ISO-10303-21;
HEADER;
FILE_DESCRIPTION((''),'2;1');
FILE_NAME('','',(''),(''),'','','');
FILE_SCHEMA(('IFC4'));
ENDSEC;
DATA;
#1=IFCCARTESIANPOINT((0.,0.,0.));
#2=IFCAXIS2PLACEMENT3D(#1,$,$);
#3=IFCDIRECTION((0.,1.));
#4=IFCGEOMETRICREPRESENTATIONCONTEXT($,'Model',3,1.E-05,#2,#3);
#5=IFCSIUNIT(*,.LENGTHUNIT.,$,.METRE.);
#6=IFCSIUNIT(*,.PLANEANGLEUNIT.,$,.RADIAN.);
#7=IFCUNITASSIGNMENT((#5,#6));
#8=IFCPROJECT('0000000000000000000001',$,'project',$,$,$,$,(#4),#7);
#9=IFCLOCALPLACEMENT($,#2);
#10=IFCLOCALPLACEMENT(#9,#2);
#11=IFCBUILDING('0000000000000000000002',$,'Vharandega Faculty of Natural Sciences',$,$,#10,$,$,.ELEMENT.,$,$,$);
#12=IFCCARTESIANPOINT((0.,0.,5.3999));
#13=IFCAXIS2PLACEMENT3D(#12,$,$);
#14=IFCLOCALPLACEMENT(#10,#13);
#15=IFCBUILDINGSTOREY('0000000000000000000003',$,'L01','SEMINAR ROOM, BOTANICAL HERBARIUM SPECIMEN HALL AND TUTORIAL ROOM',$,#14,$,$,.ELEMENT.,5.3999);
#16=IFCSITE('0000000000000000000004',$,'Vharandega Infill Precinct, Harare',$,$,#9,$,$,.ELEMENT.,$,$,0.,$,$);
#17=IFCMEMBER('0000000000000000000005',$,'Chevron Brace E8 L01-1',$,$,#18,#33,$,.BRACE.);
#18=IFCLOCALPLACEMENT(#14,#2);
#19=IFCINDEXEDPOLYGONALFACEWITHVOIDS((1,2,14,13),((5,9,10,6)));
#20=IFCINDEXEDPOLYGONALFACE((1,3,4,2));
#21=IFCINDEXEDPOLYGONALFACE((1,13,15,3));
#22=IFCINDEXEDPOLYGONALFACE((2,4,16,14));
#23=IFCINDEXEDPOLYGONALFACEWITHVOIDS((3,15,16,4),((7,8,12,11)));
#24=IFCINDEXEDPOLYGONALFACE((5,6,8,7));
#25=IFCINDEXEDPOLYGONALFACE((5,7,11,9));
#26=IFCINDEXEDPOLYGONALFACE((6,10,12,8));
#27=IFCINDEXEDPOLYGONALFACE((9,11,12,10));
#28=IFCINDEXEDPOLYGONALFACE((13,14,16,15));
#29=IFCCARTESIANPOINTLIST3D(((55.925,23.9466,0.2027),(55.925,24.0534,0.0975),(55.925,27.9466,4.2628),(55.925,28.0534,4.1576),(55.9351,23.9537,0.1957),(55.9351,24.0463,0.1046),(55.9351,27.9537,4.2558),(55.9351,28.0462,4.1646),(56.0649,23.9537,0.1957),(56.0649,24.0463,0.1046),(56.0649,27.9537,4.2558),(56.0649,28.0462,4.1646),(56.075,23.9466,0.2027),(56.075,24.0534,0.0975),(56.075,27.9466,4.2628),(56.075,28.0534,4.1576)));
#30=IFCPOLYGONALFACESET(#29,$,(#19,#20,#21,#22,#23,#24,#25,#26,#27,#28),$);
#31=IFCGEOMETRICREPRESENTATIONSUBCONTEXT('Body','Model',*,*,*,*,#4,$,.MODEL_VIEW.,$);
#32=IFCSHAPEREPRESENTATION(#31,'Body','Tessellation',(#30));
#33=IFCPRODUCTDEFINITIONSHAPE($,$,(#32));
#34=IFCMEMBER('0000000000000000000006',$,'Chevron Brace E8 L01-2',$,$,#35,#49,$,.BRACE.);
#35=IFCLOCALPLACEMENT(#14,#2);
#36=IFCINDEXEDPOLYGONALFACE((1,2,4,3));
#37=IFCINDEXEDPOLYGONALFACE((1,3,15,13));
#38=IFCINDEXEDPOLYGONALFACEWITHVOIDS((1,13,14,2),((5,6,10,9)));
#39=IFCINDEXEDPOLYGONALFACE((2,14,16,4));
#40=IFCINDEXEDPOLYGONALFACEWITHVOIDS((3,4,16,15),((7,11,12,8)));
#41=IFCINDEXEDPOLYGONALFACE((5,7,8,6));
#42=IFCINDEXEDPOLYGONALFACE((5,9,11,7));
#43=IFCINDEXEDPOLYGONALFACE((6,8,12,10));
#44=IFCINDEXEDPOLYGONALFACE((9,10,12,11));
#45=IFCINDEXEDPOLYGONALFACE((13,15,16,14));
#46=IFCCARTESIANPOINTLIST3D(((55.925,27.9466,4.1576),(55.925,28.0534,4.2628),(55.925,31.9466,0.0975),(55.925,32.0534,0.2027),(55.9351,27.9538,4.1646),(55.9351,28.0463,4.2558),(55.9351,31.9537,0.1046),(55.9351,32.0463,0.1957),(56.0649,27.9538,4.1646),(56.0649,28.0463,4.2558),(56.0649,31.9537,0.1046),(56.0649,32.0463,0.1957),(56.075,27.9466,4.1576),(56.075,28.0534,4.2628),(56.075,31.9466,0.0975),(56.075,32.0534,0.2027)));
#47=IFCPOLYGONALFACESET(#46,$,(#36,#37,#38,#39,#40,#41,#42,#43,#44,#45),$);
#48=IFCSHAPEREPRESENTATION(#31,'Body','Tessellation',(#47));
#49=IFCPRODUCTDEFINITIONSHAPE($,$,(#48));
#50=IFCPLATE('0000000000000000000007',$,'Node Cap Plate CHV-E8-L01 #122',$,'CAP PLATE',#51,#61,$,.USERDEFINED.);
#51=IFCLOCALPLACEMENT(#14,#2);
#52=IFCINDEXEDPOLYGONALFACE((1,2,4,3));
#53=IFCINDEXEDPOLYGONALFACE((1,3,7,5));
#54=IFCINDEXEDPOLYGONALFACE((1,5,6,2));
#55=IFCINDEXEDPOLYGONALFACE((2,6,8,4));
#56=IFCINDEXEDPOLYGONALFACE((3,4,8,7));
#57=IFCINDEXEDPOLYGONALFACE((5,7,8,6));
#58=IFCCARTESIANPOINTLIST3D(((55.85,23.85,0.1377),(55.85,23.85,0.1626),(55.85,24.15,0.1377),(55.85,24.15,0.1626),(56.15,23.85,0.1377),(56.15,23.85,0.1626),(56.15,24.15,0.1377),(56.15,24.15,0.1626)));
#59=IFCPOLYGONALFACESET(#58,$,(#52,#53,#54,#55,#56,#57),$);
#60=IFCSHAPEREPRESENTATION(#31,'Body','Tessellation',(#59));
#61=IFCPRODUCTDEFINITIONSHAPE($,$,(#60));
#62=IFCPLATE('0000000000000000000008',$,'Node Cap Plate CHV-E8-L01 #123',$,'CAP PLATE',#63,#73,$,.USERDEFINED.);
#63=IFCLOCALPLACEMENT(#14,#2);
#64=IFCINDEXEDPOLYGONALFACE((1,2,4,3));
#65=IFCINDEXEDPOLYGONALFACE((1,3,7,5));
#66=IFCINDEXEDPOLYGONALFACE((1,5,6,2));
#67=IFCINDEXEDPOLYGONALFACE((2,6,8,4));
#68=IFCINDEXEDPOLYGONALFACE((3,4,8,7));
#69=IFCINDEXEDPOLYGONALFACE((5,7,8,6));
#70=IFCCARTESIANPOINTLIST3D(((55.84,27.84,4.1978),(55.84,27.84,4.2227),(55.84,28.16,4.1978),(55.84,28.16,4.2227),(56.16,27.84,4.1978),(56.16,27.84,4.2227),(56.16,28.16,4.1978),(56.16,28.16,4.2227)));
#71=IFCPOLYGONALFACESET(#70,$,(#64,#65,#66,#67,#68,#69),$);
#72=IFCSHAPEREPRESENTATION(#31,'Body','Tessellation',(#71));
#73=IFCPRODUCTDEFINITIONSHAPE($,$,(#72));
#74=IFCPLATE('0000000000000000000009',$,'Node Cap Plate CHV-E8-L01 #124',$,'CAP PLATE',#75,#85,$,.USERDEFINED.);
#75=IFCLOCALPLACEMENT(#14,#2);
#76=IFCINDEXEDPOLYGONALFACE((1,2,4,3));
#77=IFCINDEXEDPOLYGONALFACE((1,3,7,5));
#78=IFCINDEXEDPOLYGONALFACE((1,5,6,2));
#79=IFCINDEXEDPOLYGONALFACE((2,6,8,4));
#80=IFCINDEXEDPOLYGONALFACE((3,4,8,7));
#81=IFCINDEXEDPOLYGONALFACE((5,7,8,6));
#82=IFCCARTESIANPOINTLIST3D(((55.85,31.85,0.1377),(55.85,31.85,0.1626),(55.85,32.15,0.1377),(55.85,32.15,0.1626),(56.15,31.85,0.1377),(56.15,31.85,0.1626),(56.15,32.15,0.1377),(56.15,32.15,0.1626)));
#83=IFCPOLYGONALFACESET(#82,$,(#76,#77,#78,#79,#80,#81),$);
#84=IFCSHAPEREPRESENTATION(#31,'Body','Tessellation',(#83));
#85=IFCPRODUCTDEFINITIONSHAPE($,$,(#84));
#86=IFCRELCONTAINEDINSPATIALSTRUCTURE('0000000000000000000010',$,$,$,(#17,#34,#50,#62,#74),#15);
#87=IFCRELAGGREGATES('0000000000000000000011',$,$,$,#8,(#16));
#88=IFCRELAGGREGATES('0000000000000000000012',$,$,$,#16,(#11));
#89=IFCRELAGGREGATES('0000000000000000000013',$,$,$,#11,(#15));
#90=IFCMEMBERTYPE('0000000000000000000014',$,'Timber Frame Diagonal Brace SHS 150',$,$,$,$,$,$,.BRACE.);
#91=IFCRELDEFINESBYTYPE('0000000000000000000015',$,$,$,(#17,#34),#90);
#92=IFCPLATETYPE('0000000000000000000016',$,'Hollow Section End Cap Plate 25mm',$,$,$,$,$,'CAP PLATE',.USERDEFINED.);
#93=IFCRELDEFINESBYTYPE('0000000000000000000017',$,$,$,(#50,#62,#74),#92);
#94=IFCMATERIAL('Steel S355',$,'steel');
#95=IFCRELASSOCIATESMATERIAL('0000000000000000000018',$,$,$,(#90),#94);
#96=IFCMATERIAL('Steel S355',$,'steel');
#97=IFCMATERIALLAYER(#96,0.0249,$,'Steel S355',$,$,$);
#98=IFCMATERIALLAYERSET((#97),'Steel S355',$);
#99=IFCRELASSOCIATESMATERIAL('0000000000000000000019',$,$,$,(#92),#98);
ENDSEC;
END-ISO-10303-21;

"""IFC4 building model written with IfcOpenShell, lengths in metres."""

from ifc_helpers import new_model, si_unit, direction, frame, origin, origin_2d, place, context, subcontext, project, spatial, rectangle, hollow_rectangle, extrude, material, layer, layer_set, material_profile, profile_set, type_object, element, save


model = new_model("IFC4")

# Units and contexts
model_context = context("Model", 3, precision=1e-05, world=origin(), true_north=direction((0.0, 1.0)))
body_context = subcontext(model_context, "Body", "Model", "MODEL_VIEW")
ifc_project = project(units=[si_unit("LENGTHUNIT", "METRE"), si_unit("PLANEANGLEUNIT", "RADIAN")], contexts=[model_context])

# Site, building, storey
site_placement = place(None, origin())
site = spatial("IfcSite", under=ifc_project, at=site_placement, Name="Vharandega Infill Precinct, Harare", CompositionType="ELEMENT", RefElevation=0.0)
building_placement = place(site_placement, origin())
building = spatial("IfcBuilding", under=site, at=building_placement, Name="Vharandega Faculty of Natural Sciences", CompositionType="ELEMENT")
storey_placement = place(building_placement, frame((0.0, 0.0, 5.3999)))
storey = spatial("IfcBuildingStorey", under=building, at=storey_placement, Name="L01", Description="SEMINAR ROOM, BOTANICAL HERBARIUM SPECIMEN HALL AND TUTORIAL ROOM", CompositionType="ELEMENT", Elevation=5.3999)

# Members
ifc_material_1 = material(Name="Steel S355", Category="steel")
ifc_material_profile_1 = material_profile(ifc_material_1, hollow_rectangle(XDim=0.1499, YDim=0.1499, WallThickness=0.01, at=origin_2d()), Name="SHS 150x150x10")
ifc_profile_set_1 = profile_set([ifc_material_profile_1], Name="Steel S355")
member_type = type_object("IfcMemberType", Name="Timber Frame Diagonal Brace SHS 150", PredefinedType="BRACE", material=ifc_profile_set_1)
for number, where, z_axis, x_axis, name in (
    (1, (56.0, 24.0, 0.1501), (0.0, 0.701818, 0.712356), (-1.0, 0.0, 0.0), "Chevron Brace E8 L01-1"),
    (2, (56.0, 32.0, 0.1501), (0.0, -0.701818, 0.712356), (1.0, 0.0, 0.0), "Chevron Brace E8 L01-2"),
):
    element("IfcMember", number, at=place(storey_placement, frame(where, z_axis=z_axis, x_axis=x_axis)), inside=storey, type_object=member_type, Name=name, PredefinedType="BRACE", context=body_context, shape_type="SweptSolid", body=[
        extrude(hollow_rectangle(XDim=0.1499, YDim=0.1499, WallThickness=0.01, at=origin_2d()), origin(), (0.0, 0.0, 1.0), 5.6995),
    ])

# Plates
ifc_material_2 = material(Name="Steel S355", Category="steel")
ifc_layer = layer(ifc_material_2, 0.0249, Name="Steel S355")
ifc_layer_set = layer_set([ifc_layer], Name="Steel S355")
plate_type = type_object("IfcPlateType", Name="Hollow Section End Cap Plate 25mm", ElementType="CAP PLATE", PredefinedType="USERDEFINED", material=ifc_layer_set)
plate_1_placement = place(storey_placement, frame((56.0, 24.0, 0.1377), z_axis=(0.0, 0.0, 1.0), x_axis=(1.0, 0.0, 0.0)))
element("IfcPlate", 3, at=plate_1_placement, inside=storey, type_object=plate_type, Name="Node Cap Plate CHV-E8-L01 #122", ObjectType="CAP PLATE", PredefinedType="USERDEFINED", context=body_context, shape_type="SweptSolid", body=[
    extrude(rectangle(XDim=0.3, YDim=0.3, at=origin_2d()), origin(), (0.0, 0.0, 1.0), 0.0249),
])
plate_2_placement = place(storey_placement, frame((56.0, 28.0, 4.1978), z_axis=(0.0, 0.0, 1.0), x_axis=(1.0, 0.0, 0.0)))
element("IfcPlate", 4, at=plate_2_placement, inside=storey, type_object=plate_type, Name="Node Cap Plate CHV-E8-L01 #123", ObjectType="CAP PLATE", PredefinedType="USERDEFINED", context=body_context, shape_type="SweptSolid", body=[
    extrude(rectangle(XDim=0.3201, YDim=0.3201, at=origin_2d()), origin(), (0.0, 0.0, 1.0), 0.0249),
])
plate_3_placement = place(storey_placement, frame((56.0, 32.0, 0.1377), z_axis=(0.0, 0.0, 1.0), x_axis=(1.0, 0.0, 0.0)))
element("IfcPlate", 5, at=plate_3_placement, inside=storey, type_object=plate_type, Name="Node Cap Plate CHV-E8-L01 #124", ObjectType="CAP PLATE", PredefinedType="USERDEFINED", context=body_context, shape_type="SweptSolid", body=[
    extrude(rectangle(XDim=0.3, YDim=0.3, at=origin_2d()), origin(), (0.0, 0.0, 1.0), 0.0249),
])

save(model, "model.ifc")
